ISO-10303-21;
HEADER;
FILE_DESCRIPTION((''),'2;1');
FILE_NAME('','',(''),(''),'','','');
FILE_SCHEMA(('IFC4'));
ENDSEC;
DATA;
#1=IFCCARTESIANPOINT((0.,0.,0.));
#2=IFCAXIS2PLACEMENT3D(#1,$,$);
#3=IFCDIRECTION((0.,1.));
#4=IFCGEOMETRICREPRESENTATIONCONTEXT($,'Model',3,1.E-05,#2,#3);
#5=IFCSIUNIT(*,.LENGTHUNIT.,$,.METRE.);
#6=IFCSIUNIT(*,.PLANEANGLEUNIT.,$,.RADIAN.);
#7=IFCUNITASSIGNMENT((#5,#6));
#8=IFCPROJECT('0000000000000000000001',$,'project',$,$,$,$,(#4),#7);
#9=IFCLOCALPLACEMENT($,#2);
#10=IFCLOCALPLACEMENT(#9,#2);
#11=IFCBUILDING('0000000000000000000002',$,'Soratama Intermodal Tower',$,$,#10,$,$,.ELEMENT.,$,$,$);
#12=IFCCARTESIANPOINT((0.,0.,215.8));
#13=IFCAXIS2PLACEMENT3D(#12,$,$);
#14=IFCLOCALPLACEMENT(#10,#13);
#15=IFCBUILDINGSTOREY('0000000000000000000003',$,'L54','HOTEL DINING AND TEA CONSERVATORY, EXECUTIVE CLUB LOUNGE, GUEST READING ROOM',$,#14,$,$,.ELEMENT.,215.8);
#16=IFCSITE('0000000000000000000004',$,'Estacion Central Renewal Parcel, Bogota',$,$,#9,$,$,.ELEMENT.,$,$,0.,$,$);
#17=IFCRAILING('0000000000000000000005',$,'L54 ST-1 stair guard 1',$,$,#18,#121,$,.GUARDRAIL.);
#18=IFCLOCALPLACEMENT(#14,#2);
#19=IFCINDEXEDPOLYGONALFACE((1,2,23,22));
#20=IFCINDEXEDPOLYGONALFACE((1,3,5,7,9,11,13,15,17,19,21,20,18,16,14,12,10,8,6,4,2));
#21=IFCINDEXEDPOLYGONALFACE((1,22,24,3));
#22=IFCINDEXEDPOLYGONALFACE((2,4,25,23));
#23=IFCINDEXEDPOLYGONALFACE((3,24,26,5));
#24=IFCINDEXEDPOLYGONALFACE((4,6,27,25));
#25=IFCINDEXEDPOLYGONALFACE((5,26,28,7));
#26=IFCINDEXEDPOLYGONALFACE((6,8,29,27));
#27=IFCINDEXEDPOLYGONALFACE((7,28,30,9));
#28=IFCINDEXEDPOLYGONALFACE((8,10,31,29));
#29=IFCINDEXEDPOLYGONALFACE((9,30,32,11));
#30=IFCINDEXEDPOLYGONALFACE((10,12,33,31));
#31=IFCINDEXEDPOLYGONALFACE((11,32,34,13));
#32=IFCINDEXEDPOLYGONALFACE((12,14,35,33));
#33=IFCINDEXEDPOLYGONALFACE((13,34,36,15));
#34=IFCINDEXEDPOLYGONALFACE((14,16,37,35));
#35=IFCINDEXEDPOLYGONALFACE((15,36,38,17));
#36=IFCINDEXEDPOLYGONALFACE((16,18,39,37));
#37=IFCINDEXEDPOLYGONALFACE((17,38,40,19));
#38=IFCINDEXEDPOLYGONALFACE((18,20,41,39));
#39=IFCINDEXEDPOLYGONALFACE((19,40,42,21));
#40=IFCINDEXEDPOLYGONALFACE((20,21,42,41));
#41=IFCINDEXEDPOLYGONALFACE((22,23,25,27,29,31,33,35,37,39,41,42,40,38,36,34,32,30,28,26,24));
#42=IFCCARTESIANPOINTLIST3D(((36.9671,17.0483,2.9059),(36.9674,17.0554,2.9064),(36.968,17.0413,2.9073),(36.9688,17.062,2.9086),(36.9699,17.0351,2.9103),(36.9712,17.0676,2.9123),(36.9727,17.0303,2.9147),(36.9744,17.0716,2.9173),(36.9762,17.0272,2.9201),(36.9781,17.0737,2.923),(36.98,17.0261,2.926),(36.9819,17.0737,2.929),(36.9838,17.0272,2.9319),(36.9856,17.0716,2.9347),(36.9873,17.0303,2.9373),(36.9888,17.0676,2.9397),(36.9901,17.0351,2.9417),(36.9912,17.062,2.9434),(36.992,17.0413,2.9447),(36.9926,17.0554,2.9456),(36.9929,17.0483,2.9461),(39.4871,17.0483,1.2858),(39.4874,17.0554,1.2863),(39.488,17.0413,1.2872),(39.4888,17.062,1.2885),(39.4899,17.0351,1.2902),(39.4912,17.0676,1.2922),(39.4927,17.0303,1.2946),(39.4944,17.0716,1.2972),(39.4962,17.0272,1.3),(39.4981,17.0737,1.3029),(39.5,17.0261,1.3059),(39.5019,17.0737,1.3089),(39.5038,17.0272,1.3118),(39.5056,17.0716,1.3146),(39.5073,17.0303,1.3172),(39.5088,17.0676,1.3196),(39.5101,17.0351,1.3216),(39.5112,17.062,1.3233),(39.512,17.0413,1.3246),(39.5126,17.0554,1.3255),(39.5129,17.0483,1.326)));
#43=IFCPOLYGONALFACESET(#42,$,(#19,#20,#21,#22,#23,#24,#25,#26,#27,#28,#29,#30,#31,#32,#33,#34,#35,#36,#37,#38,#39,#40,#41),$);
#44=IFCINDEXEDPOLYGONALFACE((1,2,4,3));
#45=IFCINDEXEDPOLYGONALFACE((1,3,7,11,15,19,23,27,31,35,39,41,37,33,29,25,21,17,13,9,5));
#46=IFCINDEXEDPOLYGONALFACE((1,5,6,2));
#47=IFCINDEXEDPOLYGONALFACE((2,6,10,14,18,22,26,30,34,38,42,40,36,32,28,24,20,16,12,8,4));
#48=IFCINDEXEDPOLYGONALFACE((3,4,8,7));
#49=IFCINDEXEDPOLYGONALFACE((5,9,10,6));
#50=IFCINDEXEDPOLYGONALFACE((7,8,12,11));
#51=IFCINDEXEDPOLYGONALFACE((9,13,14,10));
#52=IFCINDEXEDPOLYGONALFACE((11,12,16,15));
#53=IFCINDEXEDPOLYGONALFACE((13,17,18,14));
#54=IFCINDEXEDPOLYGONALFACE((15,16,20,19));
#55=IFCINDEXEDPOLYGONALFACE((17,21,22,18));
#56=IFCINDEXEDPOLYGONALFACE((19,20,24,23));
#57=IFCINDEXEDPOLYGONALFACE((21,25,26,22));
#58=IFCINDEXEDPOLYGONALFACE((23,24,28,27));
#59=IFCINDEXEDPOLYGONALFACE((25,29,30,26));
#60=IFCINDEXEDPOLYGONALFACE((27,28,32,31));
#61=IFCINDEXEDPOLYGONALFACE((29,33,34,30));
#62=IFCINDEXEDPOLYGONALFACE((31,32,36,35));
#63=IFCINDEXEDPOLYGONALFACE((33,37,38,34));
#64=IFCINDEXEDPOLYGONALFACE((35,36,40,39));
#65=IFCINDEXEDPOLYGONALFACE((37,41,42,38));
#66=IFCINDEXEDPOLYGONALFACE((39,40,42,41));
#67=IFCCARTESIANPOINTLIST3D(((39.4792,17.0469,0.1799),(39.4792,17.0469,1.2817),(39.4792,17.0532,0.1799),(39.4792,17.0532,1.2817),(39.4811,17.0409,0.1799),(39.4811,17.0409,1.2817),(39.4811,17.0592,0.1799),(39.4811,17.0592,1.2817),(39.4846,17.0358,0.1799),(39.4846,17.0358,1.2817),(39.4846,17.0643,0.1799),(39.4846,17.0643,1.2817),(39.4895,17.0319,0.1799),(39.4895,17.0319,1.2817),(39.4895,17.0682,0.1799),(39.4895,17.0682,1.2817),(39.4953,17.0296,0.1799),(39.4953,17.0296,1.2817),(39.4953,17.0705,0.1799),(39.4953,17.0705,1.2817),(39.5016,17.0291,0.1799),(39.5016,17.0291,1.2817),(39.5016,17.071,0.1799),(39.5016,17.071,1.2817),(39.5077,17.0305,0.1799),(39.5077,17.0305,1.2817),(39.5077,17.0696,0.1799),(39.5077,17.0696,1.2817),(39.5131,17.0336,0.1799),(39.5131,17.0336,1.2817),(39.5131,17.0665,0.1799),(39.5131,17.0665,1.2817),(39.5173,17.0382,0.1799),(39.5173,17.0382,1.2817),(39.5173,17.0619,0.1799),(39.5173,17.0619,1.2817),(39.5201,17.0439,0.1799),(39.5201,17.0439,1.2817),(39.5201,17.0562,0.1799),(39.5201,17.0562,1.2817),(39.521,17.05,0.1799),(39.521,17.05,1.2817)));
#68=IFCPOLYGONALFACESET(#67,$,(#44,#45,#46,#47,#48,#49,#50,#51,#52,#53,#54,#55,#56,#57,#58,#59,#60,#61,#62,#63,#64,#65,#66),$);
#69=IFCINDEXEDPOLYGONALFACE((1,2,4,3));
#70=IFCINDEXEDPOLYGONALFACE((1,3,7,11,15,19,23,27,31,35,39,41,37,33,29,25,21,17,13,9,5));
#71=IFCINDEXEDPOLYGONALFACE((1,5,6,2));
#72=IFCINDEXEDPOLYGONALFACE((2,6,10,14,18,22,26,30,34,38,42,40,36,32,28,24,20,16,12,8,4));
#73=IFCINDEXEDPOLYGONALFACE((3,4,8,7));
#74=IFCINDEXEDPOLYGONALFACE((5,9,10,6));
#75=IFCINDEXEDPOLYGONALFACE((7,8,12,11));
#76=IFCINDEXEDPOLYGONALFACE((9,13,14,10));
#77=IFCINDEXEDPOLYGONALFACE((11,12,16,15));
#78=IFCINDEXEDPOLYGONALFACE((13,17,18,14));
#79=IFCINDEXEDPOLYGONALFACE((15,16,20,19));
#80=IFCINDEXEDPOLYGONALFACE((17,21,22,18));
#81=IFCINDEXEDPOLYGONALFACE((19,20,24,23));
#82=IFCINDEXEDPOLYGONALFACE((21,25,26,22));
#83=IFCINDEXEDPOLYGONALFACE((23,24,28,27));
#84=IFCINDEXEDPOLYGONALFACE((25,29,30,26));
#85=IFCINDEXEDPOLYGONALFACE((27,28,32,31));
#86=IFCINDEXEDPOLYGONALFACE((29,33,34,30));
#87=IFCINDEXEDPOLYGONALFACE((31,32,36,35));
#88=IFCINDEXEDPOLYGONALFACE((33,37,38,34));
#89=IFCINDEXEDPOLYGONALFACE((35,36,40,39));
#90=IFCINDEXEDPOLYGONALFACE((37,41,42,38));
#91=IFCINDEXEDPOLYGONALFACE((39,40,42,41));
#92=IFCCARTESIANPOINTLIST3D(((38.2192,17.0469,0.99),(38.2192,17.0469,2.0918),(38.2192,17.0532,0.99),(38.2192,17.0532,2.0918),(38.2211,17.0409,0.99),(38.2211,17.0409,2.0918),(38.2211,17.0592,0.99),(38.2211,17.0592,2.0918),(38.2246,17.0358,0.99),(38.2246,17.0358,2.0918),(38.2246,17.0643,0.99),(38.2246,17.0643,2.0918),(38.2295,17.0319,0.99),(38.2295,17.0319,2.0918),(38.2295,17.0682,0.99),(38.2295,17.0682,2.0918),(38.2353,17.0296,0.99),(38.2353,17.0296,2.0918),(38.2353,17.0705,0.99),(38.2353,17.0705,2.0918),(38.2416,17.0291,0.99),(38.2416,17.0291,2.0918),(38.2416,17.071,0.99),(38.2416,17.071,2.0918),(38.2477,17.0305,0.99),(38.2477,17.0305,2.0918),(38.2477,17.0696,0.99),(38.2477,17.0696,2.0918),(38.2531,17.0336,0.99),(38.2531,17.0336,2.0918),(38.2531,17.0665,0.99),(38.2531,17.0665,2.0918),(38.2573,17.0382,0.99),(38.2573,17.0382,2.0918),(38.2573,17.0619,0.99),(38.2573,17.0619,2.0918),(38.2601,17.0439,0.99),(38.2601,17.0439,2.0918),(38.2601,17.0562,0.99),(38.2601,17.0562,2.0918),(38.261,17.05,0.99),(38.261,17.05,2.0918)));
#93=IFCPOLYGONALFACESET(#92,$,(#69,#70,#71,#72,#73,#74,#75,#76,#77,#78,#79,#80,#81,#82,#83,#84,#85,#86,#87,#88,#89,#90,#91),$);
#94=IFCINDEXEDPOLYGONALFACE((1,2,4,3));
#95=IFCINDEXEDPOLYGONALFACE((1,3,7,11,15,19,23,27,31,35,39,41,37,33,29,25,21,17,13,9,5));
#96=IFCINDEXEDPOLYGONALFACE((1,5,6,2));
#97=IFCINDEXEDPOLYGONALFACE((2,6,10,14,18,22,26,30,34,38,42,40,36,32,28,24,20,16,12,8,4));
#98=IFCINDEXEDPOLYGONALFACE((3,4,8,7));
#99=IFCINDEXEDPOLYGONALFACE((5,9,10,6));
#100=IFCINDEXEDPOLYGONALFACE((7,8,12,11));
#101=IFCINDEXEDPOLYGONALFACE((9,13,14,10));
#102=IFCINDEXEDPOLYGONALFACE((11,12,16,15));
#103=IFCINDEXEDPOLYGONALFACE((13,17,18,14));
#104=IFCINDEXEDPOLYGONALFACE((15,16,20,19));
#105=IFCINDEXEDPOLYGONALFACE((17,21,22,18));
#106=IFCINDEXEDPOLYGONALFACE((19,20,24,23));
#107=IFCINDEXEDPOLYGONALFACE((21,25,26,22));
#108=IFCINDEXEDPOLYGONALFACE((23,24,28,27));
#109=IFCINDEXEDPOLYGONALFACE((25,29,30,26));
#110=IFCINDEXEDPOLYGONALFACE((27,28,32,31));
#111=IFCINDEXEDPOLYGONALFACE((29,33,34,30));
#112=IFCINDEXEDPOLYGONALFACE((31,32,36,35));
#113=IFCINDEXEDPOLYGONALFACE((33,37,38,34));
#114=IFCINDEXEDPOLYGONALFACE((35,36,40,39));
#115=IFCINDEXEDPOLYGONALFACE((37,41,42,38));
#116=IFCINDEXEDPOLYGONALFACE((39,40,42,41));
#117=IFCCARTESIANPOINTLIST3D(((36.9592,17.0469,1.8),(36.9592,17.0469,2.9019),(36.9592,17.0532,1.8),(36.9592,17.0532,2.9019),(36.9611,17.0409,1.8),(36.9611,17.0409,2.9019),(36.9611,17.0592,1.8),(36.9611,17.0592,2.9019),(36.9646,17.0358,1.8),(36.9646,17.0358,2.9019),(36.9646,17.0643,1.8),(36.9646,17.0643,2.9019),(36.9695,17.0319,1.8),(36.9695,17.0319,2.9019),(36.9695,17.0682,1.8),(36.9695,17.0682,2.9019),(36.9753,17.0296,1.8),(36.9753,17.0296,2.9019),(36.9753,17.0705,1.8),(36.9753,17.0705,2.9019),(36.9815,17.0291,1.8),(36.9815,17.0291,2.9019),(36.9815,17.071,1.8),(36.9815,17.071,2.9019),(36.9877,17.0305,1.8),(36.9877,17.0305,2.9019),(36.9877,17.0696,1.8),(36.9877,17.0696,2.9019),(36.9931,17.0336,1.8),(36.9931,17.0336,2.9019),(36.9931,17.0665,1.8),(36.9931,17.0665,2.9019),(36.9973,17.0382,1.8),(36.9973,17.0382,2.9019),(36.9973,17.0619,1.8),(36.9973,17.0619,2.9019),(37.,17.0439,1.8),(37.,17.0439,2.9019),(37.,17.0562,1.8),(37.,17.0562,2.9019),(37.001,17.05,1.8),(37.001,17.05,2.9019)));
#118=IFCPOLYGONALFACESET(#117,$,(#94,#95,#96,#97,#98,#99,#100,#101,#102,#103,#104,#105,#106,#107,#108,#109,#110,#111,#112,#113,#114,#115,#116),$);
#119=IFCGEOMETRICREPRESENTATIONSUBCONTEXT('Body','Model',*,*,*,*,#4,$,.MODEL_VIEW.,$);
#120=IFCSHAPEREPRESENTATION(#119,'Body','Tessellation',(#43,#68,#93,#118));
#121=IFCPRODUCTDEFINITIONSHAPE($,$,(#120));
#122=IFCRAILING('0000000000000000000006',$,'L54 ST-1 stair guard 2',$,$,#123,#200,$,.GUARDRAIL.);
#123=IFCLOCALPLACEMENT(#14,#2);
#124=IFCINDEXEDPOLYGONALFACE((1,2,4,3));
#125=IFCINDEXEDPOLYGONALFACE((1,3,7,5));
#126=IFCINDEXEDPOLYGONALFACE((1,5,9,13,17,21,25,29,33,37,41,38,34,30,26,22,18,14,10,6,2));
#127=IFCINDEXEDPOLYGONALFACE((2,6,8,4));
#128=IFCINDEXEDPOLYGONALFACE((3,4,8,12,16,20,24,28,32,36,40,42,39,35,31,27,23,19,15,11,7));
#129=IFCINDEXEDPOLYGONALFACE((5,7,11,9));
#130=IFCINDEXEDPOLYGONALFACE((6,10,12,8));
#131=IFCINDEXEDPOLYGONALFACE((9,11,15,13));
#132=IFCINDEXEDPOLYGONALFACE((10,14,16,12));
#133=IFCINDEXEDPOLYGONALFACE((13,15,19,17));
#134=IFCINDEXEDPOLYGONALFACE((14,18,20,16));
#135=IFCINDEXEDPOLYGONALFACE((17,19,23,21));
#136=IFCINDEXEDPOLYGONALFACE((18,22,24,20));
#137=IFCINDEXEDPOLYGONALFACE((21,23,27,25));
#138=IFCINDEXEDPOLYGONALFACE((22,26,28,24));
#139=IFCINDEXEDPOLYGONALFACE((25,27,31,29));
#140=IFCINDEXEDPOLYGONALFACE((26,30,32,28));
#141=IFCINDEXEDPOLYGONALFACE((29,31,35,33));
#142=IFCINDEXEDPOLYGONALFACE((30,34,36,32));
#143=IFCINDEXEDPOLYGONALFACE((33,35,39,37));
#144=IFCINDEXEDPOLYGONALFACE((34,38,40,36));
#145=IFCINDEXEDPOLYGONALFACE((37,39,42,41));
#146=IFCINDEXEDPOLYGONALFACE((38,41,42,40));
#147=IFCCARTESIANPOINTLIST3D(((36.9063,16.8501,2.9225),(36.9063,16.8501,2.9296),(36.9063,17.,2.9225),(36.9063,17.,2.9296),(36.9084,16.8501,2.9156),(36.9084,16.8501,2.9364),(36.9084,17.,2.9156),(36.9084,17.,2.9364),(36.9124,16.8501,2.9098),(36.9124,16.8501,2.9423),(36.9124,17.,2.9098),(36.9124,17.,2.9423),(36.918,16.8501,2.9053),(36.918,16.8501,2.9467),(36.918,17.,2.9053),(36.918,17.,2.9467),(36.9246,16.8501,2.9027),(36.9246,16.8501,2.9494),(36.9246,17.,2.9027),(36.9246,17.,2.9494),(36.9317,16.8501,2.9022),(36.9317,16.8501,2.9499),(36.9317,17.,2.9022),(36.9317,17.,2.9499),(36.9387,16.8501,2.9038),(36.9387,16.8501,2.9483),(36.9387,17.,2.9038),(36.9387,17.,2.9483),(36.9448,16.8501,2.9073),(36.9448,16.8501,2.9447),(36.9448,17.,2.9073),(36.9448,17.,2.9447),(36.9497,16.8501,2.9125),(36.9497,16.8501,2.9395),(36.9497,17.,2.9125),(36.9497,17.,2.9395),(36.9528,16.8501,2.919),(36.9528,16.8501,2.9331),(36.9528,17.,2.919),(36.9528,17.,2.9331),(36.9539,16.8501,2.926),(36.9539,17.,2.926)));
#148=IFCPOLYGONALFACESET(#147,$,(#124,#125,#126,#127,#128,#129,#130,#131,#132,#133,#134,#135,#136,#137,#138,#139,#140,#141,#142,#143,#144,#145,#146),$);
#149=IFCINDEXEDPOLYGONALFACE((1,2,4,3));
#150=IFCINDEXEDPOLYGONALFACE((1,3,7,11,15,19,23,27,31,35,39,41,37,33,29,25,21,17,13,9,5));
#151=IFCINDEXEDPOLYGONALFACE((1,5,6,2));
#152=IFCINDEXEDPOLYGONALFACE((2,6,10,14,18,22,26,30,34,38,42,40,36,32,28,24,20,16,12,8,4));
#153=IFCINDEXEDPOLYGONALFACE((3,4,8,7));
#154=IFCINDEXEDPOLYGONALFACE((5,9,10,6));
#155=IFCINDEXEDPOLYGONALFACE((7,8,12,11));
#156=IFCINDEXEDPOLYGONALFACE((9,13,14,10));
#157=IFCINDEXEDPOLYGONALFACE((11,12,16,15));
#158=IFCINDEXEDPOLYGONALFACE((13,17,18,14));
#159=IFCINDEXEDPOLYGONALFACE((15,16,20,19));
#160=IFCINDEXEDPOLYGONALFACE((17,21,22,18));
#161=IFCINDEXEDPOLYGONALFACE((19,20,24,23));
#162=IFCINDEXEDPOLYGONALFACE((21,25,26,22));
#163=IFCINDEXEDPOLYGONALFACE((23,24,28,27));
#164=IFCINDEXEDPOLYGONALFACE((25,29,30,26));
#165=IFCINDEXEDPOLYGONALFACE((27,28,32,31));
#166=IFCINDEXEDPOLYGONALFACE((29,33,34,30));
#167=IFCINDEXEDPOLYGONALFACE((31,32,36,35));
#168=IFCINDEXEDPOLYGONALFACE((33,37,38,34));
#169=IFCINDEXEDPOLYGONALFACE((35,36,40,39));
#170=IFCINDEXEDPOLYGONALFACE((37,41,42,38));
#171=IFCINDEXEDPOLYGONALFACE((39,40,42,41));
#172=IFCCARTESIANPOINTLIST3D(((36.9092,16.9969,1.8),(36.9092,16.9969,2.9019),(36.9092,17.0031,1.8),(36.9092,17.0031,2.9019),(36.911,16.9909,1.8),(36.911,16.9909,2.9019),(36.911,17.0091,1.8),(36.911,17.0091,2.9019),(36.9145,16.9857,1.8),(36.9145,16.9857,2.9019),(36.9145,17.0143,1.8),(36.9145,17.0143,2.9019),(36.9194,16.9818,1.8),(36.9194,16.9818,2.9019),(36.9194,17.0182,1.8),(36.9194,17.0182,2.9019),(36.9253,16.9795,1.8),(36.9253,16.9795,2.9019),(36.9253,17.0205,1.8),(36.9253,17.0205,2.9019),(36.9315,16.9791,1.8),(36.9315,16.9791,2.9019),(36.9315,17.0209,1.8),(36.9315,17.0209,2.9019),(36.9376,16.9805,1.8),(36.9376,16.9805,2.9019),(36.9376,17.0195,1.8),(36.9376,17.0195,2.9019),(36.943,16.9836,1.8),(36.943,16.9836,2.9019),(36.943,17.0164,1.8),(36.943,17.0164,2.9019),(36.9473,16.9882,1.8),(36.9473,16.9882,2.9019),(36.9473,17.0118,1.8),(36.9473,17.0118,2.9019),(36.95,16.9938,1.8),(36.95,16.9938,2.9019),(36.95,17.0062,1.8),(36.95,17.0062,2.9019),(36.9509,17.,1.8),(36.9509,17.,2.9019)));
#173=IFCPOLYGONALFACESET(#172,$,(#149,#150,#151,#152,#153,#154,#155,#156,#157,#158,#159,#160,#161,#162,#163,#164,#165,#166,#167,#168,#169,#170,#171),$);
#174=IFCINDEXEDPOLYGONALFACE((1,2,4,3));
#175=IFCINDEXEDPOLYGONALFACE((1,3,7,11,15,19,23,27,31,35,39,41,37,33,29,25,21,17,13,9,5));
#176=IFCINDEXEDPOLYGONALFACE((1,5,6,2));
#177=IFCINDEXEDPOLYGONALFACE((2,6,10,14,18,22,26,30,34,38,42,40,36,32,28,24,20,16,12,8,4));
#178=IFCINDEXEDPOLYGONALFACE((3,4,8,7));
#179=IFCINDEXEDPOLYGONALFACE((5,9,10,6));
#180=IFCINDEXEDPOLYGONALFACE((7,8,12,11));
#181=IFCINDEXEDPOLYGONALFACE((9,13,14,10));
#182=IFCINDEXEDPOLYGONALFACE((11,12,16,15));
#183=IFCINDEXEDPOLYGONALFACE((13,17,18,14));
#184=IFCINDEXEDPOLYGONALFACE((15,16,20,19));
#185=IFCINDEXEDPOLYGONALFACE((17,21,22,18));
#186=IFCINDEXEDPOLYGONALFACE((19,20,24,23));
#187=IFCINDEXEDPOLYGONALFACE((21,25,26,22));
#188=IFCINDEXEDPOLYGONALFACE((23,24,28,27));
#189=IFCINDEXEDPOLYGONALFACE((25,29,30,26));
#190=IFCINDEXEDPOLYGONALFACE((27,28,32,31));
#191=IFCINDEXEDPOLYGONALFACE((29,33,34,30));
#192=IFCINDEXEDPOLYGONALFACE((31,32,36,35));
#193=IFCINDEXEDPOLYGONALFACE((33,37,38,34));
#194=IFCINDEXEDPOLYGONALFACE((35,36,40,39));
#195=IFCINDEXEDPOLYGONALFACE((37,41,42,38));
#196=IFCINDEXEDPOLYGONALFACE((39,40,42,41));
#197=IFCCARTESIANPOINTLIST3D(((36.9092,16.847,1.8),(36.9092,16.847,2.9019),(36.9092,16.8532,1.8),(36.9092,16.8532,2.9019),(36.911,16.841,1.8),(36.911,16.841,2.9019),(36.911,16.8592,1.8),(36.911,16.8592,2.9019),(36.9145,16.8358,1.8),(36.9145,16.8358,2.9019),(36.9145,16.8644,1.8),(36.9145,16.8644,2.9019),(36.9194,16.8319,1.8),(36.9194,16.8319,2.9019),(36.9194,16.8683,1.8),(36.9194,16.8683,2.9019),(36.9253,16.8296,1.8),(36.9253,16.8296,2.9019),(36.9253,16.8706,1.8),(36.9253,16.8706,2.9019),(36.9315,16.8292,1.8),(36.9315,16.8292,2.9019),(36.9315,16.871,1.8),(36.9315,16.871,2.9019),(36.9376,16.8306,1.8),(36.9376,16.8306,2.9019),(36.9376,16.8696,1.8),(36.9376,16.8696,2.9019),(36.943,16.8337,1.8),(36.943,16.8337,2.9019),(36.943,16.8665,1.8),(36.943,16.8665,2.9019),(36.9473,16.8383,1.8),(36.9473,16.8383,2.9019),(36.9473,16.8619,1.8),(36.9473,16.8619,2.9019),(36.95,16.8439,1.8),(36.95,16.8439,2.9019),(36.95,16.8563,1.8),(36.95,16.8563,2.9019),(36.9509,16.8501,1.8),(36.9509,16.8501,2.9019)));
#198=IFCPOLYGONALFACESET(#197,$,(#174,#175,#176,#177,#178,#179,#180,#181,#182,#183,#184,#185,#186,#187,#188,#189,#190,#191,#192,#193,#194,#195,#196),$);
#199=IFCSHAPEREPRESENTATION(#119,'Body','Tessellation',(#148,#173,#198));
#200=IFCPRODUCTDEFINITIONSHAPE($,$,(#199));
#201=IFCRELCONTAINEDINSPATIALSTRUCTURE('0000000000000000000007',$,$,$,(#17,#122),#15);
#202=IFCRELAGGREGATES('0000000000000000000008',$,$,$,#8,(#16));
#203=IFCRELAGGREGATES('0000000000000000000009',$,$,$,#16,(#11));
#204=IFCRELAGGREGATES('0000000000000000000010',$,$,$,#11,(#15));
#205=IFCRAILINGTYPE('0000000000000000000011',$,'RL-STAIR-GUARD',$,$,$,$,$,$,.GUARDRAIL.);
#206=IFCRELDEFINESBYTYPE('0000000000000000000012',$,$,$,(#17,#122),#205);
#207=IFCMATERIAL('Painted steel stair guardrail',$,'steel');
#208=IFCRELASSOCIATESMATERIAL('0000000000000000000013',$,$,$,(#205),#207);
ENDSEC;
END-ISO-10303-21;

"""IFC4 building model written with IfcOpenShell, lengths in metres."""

from ifc_helpers import new_model, si_unit, direction, frame, origin, origin_2d, place, context, subcontext, project, spatial, circle, extrude, material, type_object, element, save


model = new_model("IFC4")

# Units and contexts
model_context = context("Model", 3, precision=1e-05, world=origin(), true_north=direction((0.0, 1.0)))
body_context = subcontext(model_context, "Body", "Model", "MODEL_VIEW")
ifc_project = project(units=[si_unit("LENGTHUNIT", "METRE"), si_unit("PLANEANGLEUNIT", "RADIAN")], contexts=[model_context])

# Site, building, storey
site_placement = place(None, origin())
site = spatial("IfcSite", under=ifc_project, at=site_placement, Name="Estacion Central Renewal Parcel, Bogota", CompositionType="ELEMENT", RefElevation=0.0)
building_placement = place(site_placement, origin())
building = spatial("IfcBuilding", under=site, at=building_placement, Name="Soratama Intermodal Tower", CompositionType="ELEMENT")
storey_placement = place(building_placement, frame((0.0, 0.0, 215.8)))
storey = spatial("IfcBuildingStorey", under=building, at=storey_placement, Name="L54", Description="HOTEL DINING AND TEA CONSERVATORY, EXECUTIVE CLUB LOUNGE, GUEST READING ROOM", CompositionType="ELEMENT", Elevation=215.8)

# Railings
ifc_material_1 = material(Name="Painted steel stair guardrail", Category="steel")
railing_type_1 = type_object("IfcRailingType", Name="RL-STAIR-GUARD", PredefinedType="GUARDRAIL", material=ifc_material_1)
railing_1_placement = place(storey_placement, frame((39.5, 17.05, 0.1799)))
element("IfcRailing", 1, at=railing_1_placement, inside=storey, type_object=railing_type_1, Name="L54 ST-1 stair guard 1", PredefinedType="GUARDRAIL", context=body_context, shape_type="SweptSolid", body=[
    extrude(circle(Radius=0.0239, at=origin_2d()), frame((0.0, 0.0, 1.126), z_axis=(-0.841163, 0.0, 0.540782), x_axis=(0.0, -1.0, 0.0)), (0.0, 0.0, 1.0), 2.9958),
    extrude(circle(Radius=0.021, at=origin_2d()), origin(), (0.0, 0.0, 1.0), 1.1018),
    extrude(circle(Radius=0.021, at=origin_2d()), frame((-1.26, 0.0, 0.8101)), (0.0, 0.0, 1.0), 1.1018),
    extrude(circle(Radius=0.021, at=origin_2d()), frame((-2.52, 0.0, 1.6201)), (0.0, 0.0, 1.0), 1.1018),
])
railing_2_placement = place(storey_placement, frame((36.9299, 17.0, 1.8)))
element("IfcRailing", 2, at=railing_2_placement, inside=storey, type_object=railing_type_1, Name="L54 ST-1 stair guard 2", PredefinedType="GUARDRAIL", context=body_context, shape_type="SweptSolid", body=[
    extrude(circle(Radius=0.0239, at=origin_2d()), frame((0.0, 0.0, 1.126), z_axis=(0.0, -1.0, 0.0), x_axis=(1.0, 0.0, 0.0)), (0.0, 0.0, 1.0), 0.1499),
    extrude(circle(Radius=0.021, at=origin_2d()), origin(), (0.0, 0.0, 1.0), 1.1018),
    extrude(circle(Radius=0.021, at=origin_2d()), frame((0.0, -0.1499, 0.0)), (0.0, 0.0, 1.0), 1.1018),
])

save(model, "model.ifc")
